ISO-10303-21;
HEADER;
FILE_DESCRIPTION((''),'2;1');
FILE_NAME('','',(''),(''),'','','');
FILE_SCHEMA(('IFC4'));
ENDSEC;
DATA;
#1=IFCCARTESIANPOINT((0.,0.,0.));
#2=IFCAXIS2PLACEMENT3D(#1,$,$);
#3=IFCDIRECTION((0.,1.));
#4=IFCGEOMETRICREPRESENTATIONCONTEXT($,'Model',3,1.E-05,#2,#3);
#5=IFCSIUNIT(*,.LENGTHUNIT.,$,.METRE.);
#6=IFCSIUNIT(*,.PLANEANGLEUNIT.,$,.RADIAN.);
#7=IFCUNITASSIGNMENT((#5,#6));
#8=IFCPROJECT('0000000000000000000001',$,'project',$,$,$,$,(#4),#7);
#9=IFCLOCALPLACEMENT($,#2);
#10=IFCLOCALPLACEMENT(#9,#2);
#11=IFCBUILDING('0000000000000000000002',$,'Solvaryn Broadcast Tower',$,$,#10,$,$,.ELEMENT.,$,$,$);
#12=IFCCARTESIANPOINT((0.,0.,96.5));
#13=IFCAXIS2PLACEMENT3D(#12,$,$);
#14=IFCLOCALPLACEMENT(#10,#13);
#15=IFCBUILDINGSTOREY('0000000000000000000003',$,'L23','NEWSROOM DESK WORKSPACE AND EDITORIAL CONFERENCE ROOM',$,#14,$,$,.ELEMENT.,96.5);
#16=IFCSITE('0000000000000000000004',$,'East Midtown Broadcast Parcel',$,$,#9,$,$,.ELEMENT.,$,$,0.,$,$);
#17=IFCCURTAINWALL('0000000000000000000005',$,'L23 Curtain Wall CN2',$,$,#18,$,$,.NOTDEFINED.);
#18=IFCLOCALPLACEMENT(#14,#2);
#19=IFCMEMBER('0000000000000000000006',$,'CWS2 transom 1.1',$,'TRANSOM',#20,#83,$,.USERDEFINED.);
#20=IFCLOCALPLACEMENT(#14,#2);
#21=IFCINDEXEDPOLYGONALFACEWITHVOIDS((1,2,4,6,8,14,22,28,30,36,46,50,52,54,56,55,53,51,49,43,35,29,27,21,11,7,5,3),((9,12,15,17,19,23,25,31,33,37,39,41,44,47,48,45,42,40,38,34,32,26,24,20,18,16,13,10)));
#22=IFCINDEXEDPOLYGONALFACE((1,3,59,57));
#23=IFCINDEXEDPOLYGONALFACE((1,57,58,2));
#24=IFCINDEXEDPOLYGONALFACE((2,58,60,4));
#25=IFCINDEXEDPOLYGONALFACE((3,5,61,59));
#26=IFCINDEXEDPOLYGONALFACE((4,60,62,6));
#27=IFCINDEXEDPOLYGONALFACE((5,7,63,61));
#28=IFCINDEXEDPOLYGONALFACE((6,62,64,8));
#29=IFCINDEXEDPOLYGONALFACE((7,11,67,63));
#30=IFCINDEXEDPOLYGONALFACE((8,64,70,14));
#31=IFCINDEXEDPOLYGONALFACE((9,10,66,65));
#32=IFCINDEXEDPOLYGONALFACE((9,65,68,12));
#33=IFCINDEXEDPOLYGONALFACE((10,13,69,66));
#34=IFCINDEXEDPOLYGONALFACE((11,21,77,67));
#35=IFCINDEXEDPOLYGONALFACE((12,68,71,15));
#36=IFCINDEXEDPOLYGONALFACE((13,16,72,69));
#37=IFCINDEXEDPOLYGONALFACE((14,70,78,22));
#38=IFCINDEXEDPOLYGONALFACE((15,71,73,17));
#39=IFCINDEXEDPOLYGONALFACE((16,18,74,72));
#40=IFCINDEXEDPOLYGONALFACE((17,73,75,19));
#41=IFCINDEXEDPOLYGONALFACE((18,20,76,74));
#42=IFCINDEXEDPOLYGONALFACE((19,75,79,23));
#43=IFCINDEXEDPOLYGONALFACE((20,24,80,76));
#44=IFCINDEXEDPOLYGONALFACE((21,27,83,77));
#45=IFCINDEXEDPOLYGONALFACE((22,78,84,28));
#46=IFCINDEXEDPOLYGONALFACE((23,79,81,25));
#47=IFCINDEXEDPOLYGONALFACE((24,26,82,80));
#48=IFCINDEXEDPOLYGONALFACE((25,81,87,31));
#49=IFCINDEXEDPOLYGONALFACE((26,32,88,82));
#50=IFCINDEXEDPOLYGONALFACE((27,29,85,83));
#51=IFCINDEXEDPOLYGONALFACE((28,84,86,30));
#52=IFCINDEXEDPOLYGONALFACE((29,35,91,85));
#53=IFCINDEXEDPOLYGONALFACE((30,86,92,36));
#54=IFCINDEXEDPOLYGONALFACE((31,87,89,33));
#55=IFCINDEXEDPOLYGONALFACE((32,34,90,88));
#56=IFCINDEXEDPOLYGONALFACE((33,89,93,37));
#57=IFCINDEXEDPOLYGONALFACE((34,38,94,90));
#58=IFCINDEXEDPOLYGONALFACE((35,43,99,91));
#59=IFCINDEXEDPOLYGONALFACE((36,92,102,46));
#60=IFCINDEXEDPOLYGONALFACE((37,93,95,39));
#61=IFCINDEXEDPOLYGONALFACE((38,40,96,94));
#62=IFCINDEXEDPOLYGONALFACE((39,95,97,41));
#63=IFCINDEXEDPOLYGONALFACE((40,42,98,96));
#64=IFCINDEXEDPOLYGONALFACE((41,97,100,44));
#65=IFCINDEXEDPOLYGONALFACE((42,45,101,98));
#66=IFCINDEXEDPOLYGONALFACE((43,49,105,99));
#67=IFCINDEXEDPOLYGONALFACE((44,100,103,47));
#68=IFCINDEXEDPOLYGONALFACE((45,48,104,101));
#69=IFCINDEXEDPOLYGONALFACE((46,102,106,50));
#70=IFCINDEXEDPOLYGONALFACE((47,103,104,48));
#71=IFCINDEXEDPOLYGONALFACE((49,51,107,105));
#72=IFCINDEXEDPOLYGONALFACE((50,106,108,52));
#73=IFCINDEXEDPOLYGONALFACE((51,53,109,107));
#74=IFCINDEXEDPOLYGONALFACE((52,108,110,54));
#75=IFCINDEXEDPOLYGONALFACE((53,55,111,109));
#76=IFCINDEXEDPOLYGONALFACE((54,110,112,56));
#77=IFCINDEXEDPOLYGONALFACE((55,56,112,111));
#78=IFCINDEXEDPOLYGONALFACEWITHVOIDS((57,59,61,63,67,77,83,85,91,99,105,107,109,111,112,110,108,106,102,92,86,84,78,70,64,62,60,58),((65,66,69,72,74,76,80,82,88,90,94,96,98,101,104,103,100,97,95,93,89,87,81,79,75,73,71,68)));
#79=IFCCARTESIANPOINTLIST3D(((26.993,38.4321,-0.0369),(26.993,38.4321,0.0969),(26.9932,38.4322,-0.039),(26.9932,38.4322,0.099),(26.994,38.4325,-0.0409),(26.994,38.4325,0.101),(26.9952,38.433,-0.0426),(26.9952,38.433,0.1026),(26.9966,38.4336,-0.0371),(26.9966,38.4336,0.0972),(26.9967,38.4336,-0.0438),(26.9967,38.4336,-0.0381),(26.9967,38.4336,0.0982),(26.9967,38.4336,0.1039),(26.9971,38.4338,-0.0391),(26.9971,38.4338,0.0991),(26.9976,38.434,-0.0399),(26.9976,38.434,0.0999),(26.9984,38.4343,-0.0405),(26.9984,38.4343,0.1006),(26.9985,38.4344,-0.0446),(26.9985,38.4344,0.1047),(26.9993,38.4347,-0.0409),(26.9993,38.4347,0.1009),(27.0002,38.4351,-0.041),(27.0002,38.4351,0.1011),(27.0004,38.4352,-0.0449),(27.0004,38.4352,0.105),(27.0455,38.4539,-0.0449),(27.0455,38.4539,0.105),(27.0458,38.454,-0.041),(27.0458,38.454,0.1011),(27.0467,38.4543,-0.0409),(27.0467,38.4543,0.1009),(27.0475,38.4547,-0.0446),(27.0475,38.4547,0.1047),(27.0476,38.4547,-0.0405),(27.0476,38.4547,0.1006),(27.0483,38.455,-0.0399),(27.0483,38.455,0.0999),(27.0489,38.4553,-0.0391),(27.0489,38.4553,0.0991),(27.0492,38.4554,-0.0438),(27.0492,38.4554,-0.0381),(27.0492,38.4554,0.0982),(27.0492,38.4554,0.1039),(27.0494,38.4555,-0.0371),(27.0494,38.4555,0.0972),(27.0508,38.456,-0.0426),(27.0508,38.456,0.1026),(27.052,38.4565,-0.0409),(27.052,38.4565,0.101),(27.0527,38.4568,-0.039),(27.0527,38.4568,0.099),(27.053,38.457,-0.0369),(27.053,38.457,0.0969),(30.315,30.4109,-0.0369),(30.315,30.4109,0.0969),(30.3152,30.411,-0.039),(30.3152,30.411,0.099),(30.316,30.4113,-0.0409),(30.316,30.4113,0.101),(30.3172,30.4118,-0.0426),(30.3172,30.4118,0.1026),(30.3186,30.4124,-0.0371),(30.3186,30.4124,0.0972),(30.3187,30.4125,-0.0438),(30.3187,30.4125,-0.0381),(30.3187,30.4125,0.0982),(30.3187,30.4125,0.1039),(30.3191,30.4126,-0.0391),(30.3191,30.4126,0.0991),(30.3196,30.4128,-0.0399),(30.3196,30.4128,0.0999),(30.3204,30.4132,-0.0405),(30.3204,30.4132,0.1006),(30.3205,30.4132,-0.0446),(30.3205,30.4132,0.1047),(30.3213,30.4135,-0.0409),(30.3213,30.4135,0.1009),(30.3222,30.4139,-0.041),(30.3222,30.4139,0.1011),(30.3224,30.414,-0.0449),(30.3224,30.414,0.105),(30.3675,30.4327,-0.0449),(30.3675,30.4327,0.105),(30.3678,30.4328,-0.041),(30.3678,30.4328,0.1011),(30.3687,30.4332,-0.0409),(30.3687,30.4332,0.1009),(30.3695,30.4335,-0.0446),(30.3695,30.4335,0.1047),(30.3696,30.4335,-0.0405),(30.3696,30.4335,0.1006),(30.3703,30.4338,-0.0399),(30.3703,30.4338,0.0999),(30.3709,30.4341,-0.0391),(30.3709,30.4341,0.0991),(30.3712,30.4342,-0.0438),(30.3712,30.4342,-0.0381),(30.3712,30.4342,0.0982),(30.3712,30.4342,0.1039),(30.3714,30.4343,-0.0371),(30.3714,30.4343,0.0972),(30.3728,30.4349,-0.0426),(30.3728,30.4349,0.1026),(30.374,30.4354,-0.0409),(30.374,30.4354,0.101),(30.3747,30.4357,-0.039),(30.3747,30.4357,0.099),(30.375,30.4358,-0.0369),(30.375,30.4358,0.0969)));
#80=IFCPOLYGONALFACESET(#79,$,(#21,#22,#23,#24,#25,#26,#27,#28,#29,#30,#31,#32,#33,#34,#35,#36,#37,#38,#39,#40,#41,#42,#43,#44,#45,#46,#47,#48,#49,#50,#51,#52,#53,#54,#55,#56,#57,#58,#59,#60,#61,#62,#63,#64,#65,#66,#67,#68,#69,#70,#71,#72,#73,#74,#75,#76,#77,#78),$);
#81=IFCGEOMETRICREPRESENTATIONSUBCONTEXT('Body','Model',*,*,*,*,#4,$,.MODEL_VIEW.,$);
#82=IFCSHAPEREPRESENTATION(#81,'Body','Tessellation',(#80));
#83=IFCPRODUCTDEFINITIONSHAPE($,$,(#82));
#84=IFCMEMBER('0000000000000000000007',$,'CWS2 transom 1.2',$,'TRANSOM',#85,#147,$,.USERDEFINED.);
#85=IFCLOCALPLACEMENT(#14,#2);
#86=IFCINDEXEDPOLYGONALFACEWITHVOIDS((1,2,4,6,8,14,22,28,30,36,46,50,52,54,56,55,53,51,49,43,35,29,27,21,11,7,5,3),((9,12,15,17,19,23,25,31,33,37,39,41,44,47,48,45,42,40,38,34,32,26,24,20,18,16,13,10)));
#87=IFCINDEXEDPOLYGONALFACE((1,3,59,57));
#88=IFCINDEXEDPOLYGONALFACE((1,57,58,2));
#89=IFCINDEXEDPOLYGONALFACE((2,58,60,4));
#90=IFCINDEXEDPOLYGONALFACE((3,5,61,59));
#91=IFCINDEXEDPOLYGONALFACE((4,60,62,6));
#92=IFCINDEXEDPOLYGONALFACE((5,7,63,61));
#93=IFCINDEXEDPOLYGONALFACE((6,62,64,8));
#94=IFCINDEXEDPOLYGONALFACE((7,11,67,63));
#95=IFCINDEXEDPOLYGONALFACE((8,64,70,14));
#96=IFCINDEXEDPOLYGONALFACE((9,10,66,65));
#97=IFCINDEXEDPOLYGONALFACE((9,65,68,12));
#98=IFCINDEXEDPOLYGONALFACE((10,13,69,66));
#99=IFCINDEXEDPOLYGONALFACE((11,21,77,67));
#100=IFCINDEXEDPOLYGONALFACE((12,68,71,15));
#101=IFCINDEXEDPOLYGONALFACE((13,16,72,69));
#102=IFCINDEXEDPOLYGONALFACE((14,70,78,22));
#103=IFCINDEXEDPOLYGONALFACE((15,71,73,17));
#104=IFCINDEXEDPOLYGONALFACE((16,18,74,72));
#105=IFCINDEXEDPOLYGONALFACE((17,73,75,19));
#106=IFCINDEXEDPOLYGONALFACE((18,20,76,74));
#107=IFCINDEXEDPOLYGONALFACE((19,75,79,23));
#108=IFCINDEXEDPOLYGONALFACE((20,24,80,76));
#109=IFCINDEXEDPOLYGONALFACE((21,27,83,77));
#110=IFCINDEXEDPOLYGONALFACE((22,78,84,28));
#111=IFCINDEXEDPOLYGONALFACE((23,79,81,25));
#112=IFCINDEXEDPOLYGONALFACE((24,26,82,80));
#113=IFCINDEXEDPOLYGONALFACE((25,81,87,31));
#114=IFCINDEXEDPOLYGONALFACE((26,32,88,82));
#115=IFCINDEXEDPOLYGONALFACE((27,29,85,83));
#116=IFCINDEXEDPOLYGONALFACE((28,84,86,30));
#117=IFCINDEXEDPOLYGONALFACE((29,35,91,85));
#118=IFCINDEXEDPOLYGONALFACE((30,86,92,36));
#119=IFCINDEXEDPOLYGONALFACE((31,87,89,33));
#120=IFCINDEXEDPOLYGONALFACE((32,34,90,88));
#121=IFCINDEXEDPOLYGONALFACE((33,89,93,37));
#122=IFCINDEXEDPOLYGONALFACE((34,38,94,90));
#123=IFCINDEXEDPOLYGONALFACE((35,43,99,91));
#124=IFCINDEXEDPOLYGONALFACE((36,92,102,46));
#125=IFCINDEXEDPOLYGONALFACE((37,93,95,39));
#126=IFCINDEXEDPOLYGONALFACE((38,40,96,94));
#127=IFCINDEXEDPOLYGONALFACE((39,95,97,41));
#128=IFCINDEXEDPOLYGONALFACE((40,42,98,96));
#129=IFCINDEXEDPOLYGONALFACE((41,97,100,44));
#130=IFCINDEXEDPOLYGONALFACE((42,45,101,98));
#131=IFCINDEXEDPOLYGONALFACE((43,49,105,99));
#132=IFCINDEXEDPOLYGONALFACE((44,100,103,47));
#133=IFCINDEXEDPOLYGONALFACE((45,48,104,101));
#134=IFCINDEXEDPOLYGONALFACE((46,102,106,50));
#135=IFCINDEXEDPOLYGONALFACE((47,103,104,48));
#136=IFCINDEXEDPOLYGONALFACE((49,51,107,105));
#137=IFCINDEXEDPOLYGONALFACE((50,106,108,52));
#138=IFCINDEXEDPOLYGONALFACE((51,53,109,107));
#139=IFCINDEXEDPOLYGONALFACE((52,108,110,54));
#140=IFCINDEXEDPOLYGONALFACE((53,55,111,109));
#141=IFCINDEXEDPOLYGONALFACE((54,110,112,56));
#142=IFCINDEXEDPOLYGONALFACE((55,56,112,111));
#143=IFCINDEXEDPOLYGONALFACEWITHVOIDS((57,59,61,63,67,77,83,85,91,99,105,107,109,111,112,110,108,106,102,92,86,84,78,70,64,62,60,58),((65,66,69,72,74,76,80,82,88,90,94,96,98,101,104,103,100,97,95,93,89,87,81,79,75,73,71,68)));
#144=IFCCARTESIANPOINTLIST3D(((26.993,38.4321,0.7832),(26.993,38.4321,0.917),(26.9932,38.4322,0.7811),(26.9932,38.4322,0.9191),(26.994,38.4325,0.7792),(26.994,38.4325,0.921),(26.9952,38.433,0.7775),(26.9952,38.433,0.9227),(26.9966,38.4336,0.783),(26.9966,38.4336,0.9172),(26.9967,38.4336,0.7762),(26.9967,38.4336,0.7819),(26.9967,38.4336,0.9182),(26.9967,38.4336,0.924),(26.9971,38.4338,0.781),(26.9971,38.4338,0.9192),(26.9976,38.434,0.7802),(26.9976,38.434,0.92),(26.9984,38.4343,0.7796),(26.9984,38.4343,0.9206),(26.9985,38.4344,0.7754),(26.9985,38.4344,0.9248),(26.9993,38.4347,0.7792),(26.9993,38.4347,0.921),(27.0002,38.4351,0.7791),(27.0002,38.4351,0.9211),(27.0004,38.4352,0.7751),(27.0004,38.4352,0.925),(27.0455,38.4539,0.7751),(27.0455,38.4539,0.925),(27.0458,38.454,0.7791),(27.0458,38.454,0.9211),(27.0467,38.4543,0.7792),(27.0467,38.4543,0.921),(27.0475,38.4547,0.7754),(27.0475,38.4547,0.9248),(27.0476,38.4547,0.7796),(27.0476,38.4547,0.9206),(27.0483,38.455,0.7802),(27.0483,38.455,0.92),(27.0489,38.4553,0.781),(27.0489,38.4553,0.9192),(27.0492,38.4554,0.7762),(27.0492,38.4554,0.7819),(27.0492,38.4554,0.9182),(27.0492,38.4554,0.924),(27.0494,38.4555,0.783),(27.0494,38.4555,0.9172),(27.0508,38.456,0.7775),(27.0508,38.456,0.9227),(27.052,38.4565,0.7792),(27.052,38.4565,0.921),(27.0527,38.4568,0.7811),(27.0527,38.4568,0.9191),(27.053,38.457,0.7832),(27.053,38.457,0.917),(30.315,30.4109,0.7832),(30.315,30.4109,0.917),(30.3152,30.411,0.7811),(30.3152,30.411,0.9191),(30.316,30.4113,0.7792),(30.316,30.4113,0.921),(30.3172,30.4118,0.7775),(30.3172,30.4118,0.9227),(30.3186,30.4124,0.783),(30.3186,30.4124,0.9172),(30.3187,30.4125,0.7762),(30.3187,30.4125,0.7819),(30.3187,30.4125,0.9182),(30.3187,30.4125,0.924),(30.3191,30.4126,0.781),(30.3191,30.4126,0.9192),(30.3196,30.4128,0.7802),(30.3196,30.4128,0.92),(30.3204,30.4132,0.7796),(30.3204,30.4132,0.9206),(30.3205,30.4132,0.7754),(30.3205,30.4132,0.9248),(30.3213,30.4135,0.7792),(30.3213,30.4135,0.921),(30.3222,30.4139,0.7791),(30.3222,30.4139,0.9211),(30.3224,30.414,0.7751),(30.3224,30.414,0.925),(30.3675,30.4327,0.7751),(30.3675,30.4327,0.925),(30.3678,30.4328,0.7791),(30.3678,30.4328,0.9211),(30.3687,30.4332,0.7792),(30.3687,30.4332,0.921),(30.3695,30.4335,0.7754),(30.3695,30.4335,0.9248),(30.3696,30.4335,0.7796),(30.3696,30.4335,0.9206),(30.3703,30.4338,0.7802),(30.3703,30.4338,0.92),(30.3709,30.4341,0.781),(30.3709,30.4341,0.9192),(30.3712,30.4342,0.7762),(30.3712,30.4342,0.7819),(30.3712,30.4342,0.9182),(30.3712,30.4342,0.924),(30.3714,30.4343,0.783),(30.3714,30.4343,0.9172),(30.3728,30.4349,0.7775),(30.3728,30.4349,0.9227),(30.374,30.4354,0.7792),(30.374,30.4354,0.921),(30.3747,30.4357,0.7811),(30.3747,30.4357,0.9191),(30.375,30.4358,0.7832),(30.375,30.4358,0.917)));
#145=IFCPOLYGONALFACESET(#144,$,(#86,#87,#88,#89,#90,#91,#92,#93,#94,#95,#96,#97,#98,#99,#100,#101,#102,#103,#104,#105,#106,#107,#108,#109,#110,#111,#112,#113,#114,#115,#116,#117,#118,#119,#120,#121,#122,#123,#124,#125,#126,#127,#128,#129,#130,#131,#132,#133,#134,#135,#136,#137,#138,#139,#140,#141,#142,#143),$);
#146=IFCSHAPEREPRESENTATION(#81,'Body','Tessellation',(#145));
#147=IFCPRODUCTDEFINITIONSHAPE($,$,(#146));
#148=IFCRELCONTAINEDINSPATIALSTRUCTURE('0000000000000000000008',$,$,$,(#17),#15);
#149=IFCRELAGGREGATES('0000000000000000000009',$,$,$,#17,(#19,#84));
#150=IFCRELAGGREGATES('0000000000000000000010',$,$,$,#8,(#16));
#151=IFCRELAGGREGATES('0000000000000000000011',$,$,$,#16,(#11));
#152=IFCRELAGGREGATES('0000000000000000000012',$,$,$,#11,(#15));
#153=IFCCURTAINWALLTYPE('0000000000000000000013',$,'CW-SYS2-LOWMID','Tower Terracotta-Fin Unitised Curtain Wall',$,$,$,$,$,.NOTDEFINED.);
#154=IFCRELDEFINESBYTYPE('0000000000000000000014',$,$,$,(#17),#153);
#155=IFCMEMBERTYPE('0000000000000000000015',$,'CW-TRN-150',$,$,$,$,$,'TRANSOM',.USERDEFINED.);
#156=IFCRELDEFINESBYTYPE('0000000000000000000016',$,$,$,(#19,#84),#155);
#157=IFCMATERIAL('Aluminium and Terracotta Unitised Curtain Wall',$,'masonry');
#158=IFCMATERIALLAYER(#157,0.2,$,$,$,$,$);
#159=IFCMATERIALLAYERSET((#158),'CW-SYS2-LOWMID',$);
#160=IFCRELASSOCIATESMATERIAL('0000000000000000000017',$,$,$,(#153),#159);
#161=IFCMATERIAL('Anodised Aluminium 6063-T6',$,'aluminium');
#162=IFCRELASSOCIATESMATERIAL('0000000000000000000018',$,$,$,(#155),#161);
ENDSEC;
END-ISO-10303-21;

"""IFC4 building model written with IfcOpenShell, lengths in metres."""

from ifc_helpers import new_model, si_unit, direction, frame, origin, origin_2d, place, context, subcontext, project, spatial, hollow_rectangle, extrude, material, layer, layer_set, material_profile, profile_set, type_object, element, aggregate, save


model = new_model("IFC4")

# Units and contexts
model_context = context("Model", 3, precision=1e-05, world=origin(), true_north=direction((0.0, 1.0)))
body_context = subcontext(model_context, "Body", "Model", "MODEL_VIEW")
ifc_project = project(units=[si_unit("LENGTHUNIT", "METRE"), si_unit("PLANEANGLEUNIT", "RADIAN")], contexts=[model_context])

# Site, building, storey
site_placement = place(None, origin())
site = spatial("IfcSite", under=ifc_project, at=site_placement, Name="East Midtown Broadcast Parcel", CompositionType="ELEMENT", RefElevation=0.0)
building_placement = place(site_placement, origin())
building = spatial("IfcBuilding", under=site, at=building_placement, Name="Solvaryn Broadcast Tower", CompositionType="ELEMENT")
storey_placement = place(building_placement, frame((0.0, 0.0, 96.5)))
storey = spatial("IfcBuildingStorey", under=building, at=storey_placement, Name="L23", Description="NEWSROOM DESK WORKSPACE AND EDITORIAL CONFERENCE ROOM", CompositionType="ELEMENT", Elevation=96.5)

# Shared definitions
ifc_material_1 = material(Name="Aluminium and Terracotta Unitised Curtain Wall", Category="masonry")
ifc_layer_1 = layer(ifc_material_1, 0.2)
ifc_layer_set_1 = layer_set([ifc_layer_1], Name="CW-SYS2-LOWMID")
curtain_wall_type = type_object("IfcCurtainWallType", Name="CW-SYS2-LOWMID", Description="Tower Terracotta-Fin Unitised Curtain Wall", PredefinedType="NOTDEFINED", material=ifc_layer_set_1)

# Curtain wall, members
curtain_wall_1_placement = place(storey_placement, origin())
curtain_wall_1 = element("IfcCurtainWall", 1, at=curtain_wall_1_placement, inside=storey, type_object=curtain_wall_type, Name="L23 Curtain Wall CN2", PredefinedType="NOTDEFINED")
ifc_material_2 = material(Name="Anodised Aluminium 6063-T6", Category="aluminium")
ifc_material_profile_1 = material_profile(ifc_material_2, hollow_rectangle(XDim=0.0649, YDim=0.1499, WallThickness=0.0039, InnerFilletRadius=0.0039, OuterFilletRadius=0.0081, at=origin_2d()))
ifc_profile_set_1 = profile_set([ifc_material_profile_1], Name="Anodised Aluminium 6063-T6")
member_type_1 = type_object("IfcMemberType", Name="CW-TRN-150", ElementType="TRANSOM", PredefinedType="USERDEFINED", material=ifc_profile_set_1)
member_1_placement = place(storey_placement, frame((30.345, 30.4233, 0.03), z_axis=(-0.382636, 0.923899, 0.0), x_axis=(-0.923899, -0.382636, 0.0)))
member_1 = element("IfcMember", 2, at=member_1_placement, type_object=member_type_1, Name="CWS2 transom 1.1", ObjectType="TRANSOM", PredefinedType="USERDEFINED", context=body_context, shape_type="SweptSolid", body=[
    extrude(hollow_rectangle(XDim=0.0649, YDim=0.1499, WallThickness=0.0039, InnerFilletRadius=0.0039, OuterFilletRadius=0.0081, at=origin_2d()), origin(), (0.0, 0.0, 1.0), 8.6819),
])
member_2_placement = place(storey_placement, frame((30.345, 30.4233, 0.8501), z_axis=(-0.382636, 0.923899, 0.0), x_axis=(-0.923899, -0.382636, 0.0)))
member_2 = element("IfcMember", 3, at=member_2_placement, type_object=member_type_1, Name="CWS2 transom 1.2", ObjectType="TRANSOM", PredefinedType="USERDEFINED", context=body_context, shape_type="SweptSolid", body=[
    extrude(hollow_rectangle(XDim=0.0649, YDim=0.1499, WallThickness=0.0039, InnerFilletRadius=0.0039, OuterFilletRadius=0.0081, at=origin_2d()), origin(), (0.0, 0.0, 1.0), 8.6819),
])

aggregate(curtain_wall_1, [member_1, member_2])

save(model, "model.ifc")
